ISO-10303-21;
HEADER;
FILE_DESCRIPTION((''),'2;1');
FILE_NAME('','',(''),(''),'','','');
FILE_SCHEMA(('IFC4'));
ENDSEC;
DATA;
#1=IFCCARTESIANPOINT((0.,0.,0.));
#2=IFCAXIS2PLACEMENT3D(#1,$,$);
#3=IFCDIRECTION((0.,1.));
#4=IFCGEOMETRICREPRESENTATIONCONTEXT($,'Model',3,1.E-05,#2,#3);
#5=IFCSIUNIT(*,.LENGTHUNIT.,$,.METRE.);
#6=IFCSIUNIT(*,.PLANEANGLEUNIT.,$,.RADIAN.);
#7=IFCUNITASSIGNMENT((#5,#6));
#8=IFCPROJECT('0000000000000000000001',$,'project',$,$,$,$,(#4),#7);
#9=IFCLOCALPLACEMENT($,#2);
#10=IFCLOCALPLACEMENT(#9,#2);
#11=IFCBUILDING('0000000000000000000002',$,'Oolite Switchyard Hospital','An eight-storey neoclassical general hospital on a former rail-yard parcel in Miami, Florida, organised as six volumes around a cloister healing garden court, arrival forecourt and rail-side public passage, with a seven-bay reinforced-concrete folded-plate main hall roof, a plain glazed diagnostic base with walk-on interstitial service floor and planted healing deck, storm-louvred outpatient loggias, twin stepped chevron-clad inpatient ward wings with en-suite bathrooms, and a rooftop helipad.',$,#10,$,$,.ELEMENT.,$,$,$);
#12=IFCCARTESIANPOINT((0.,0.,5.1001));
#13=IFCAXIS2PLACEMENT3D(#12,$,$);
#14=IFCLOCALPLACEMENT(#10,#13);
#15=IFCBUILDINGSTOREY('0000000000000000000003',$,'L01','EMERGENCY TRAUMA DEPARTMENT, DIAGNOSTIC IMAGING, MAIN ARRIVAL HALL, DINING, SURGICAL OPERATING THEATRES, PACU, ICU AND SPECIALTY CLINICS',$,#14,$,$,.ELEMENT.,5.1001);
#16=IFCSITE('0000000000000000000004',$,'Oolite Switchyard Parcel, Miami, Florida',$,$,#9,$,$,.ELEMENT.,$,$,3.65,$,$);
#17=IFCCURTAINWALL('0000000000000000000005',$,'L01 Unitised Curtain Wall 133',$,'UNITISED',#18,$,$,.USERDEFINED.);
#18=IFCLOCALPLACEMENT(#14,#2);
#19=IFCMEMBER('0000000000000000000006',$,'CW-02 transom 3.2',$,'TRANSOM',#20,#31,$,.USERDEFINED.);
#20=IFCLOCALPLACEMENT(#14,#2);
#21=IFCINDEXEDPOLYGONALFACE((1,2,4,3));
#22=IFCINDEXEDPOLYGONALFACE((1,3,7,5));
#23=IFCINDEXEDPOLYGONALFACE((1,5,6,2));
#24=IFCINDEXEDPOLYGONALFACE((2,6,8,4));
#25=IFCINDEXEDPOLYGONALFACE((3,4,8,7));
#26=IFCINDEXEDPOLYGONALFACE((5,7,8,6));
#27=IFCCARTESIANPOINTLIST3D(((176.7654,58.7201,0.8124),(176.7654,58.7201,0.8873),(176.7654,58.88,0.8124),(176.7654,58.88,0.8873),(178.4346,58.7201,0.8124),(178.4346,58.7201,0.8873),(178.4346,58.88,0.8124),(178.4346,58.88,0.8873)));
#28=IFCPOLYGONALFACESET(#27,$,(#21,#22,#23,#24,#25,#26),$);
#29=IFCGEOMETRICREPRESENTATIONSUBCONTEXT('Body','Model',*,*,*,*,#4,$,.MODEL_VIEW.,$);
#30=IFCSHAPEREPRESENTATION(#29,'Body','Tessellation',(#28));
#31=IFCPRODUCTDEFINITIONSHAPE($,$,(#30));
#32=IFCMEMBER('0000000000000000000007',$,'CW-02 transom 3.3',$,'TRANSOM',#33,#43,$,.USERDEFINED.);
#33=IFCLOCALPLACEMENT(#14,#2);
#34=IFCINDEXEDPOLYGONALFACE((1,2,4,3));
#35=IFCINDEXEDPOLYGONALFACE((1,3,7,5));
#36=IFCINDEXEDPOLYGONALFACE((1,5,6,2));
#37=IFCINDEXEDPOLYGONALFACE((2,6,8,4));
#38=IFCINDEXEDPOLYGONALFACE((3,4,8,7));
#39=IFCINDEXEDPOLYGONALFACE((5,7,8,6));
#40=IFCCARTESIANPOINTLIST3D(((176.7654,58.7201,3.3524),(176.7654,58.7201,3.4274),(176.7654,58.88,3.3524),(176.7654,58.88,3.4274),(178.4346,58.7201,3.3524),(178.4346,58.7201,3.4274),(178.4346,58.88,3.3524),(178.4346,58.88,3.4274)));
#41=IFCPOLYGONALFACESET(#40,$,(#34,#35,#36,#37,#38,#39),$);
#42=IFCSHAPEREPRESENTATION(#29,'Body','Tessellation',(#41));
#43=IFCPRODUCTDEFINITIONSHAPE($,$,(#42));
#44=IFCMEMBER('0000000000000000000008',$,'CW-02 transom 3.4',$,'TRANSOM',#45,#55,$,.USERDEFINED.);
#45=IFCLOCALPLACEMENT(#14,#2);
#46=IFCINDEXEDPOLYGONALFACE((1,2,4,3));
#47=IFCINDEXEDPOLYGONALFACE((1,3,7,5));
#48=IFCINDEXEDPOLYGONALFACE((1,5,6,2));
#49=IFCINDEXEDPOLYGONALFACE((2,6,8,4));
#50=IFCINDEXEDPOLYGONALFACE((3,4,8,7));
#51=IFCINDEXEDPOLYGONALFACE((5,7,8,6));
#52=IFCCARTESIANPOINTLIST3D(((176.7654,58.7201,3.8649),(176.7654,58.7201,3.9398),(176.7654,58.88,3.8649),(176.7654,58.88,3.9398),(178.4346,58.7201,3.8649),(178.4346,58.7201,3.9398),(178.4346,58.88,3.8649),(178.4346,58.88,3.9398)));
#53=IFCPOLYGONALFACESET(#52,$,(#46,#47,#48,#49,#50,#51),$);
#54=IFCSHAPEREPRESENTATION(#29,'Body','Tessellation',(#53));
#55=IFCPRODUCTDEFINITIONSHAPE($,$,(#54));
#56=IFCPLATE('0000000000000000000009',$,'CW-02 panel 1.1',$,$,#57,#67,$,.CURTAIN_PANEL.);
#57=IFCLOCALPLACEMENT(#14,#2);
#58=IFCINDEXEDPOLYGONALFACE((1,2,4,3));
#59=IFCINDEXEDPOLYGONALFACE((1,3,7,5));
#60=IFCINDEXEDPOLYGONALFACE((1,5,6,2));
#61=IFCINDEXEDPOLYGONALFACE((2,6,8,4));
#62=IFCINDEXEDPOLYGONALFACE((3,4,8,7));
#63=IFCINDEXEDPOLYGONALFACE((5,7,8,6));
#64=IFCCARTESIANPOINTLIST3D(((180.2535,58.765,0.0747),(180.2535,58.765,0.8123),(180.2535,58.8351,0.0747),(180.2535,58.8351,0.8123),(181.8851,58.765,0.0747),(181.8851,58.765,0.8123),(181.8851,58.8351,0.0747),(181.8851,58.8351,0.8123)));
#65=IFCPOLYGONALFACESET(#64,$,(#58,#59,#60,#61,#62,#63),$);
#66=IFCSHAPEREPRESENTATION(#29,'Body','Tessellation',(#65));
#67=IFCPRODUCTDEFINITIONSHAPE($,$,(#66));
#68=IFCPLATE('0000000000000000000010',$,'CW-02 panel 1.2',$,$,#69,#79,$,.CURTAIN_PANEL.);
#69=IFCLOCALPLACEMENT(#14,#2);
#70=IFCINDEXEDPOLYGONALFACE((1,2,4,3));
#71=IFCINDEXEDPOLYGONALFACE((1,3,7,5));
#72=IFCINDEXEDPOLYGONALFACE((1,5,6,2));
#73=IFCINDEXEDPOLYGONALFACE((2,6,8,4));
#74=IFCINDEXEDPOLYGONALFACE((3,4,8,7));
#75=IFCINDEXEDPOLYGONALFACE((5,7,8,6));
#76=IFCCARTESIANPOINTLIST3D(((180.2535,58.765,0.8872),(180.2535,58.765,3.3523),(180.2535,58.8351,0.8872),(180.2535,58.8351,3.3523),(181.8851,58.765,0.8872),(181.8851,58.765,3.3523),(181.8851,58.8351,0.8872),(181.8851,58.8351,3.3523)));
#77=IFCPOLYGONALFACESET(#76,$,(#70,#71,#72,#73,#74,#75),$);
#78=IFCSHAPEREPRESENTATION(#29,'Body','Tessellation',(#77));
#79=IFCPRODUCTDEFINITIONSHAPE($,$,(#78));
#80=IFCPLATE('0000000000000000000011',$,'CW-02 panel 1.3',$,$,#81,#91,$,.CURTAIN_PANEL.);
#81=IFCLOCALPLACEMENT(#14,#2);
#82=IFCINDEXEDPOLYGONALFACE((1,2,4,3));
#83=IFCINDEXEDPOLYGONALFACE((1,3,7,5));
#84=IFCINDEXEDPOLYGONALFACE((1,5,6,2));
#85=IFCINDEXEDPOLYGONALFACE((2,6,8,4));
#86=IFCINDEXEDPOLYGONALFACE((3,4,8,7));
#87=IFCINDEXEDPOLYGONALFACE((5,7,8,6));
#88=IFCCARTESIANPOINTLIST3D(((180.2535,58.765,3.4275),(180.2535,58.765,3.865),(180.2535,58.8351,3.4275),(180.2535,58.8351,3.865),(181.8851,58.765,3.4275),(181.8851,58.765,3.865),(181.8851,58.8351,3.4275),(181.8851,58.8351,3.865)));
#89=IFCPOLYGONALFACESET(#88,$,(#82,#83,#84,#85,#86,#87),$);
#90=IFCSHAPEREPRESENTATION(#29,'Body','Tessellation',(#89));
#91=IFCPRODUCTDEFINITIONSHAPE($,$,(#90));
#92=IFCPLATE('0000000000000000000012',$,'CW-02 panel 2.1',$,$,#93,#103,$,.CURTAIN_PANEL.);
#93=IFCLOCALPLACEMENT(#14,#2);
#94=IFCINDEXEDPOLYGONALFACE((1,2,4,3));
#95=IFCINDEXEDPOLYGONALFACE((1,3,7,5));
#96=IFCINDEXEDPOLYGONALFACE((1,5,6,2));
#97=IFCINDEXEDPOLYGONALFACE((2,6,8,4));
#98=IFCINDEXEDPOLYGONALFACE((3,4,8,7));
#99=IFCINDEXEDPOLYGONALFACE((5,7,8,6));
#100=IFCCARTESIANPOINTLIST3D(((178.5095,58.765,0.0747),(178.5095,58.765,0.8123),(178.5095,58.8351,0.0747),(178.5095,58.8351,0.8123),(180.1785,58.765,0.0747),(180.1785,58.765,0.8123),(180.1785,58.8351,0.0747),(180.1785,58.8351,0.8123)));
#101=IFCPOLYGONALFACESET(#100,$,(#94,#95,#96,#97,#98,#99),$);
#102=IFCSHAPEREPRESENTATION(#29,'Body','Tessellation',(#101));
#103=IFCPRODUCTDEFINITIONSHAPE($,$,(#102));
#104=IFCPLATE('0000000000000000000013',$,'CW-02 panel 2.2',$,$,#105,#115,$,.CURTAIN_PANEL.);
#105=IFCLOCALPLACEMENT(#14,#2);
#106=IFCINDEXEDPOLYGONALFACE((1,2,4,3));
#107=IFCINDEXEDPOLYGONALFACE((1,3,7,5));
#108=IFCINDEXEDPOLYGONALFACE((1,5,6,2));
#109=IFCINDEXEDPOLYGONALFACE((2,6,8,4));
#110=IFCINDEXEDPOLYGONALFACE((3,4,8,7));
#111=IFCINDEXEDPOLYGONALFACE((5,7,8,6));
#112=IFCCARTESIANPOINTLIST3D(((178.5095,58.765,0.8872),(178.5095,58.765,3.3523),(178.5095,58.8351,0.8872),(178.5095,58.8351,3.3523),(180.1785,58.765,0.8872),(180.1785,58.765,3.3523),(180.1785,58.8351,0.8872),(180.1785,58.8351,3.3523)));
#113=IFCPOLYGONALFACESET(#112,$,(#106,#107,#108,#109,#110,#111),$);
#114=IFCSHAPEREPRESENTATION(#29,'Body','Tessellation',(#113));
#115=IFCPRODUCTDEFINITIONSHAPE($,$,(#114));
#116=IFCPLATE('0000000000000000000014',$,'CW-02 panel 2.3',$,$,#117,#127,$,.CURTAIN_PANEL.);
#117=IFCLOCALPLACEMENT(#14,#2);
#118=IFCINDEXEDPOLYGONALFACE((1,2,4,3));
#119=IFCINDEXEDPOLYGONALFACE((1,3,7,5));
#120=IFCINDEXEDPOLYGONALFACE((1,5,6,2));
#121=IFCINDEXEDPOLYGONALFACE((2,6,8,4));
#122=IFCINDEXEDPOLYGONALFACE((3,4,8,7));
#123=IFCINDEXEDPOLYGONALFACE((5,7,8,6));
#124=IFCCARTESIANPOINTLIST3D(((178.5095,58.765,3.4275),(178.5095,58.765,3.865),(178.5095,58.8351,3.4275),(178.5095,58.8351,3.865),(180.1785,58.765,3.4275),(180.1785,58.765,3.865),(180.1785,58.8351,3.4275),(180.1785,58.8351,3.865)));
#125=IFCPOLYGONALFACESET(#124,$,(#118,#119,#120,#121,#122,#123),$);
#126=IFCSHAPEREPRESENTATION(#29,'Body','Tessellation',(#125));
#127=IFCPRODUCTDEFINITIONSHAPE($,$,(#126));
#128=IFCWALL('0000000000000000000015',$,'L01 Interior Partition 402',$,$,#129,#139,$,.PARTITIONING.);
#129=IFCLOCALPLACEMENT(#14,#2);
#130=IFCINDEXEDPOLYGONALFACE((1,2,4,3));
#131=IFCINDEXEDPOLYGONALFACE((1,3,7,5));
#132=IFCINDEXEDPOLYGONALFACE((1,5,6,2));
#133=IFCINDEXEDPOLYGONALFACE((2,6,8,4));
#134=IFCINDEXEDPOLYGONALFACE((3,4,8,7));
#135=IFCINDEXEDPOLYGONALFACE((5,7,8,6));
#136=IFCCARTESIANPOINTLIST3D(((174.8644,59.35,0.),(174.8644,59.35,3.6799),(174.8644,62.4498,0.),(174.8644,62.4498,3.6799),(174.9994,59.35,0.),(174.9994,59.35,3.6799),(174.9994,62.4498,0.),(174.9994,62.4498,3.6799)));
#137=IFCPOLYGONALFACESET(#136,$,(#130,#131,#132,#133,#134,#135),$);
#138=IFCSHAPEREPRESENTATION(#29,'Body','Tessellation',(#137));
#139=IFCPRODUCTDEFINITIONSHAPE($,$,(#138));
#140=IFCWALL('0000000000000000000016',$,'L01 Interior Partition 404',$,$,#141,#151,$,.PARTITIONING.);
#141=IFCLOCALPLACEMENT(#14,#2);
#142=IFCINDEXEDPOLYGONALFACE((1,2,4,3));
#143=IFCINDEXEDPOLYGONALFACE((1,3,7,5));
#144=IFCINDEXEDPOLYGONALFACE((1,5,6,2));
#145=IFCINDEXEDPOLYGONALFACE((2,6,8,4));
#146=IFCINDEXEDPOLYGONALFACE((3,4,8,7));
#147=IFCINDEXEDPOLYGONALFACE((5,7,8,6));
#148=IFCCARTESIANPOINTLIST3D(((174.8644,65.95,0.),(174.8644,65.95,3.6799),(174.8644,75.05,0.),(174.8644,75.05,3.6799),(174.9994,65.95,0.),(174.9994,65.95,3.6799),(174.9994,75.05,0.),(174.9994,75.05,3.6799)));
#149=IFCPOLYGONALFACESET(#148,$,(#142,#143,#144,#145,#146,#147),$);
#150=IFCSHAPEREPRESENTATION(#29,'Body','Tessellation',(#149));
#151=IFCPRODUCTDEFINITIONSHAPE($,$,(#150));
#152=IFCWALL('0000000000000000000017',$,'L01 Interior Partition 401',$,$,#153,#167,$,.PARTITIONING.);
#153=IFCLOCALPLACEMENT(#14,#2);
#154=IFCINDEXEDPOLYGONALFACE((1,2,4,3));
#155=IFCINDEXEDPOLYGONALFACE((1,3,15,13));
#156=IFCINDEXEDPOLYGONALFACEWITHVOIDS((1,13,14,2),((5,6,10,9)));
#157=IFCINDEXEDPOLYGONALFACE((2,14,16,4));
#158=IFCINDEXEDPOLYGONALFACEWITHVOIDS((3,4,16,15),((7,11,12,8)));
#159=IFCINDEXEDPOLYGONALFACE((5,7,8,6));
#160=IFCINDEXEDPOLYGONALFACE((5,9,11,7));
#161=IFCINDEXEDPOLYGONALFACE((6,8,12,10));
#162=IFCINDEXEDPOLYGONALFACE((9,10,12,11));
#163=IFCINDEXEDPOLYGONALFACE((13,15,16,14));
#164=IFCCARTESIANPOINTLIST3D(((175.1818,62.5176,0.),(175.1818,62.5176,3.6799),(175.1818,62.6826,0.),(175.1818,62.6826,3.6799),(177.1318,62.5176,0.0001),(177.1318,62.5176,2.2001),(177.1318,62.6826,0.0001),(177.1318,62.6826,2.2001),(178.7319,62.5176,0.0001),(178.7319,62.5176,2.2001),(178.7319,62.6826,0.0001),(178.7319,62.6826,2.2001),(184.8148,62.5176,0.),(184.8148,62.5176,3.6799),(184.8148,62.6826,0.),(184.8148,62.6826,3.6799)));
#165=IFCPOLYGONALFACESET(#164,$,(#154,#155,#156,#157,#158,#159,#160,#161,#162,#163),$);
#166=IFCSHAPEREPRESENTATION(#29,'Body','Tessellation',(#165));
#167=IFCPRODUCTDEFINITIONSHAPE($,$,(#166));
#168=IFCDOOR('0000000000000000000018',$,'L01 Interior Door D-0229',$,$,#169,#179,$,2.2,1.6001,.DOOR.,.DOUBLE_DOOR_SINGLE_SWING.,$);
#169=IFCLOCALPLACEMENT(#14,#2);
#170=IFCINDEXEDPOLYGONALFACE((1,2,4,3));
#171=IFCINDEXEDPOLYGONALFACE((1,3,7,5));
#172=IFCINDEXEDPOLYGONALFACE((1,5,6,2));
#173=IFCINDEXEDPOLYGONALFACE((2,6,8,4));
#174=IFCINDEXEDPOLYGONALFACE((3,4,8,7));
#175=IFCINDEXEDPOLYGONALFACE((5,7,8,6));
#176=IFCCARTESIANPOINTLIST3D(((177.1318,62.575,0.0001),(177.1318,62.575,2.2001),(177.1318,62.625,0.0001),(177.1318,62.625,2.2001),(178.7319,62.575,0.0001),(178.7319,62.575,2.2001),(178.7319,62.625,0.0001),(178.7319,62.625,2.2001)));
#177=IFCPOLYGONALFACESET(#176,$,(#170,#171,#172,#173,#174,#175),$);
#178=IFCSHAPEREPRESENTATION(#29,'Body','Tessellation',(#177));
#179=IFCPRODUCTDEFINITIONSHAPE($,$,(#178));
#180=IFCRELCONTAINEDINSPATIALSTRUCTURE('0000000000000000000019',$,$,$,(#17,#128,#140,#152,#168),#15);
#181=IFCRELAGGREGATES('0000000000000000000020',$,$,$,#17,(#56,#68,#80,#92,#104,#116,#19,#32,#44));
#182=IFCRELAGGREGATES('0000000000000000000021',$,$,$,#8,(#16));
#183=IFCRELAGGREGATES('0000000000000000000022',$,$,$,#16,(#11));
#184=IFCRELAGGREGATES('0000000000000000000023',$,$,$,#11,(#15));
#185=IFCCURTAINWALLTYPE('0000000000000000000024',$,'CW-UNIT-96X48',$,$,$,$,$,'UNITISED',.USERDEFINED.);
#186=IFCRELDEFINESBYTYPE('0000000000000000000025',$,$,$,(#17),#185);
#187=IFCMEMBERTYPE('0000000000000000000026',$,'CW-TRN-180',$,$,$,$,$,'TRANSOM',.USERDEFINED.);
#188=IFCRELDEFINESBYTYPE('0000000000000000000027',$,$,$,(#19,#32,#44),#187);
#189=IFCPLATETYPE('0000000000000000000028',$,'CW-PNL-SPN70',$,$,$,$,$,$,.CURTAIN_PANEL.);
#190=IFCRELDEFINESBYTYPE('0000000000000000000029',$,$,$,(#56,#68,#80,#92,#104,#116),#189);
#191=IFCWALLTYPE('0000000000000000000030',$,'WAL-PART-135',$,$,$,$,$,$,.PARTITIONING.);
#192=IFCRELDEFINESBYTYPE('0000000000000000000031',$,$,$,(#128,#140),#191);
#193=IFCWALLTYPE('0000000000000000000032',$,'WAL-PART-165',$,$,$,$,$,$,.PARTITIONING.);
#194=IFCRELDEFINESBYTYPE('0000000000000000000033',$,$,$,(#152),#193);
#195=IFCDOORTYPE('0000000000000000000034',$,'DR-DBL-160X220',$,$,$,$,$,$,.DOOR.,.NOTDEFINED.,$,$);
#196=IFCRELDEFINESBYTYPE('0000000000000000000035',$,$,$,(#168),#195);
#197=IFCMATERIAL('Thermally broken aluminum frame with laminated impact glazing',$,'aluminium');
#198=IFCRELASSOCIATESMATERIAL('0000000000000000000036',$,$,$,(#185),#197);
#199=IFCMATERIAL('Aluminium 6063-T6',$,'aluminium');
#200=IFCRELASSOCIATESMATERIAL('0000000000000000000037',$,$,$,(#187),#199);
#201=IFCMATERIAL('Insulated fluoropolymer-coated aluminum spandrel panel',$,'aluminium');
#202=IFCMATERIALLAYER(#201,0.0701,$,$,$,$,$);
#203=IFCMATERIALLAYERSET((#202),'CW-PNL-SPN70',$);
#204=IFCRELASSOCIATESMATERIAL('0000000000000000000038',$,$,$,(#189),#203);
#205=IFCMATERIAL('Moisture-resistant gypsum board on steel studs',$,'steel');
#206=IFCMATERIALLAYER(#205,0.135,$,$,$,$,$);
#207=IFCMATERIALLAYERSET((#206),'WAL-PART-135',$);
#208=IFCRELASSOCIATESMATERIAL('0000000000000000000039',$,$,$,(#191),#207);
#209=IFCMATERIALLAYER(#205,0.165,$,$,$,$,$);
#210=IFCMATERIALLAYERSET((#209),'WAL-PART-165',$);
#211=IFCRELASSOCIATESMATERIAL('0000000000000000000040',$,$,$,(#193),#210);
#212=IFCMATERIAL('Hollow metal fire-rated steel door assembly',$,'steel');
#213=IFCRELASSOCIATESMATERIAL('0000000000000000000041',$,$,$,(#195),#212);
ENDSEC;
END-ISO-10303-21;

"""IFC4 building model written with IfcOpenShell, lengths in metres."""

from ifc_helpers import new_model, si_unit, direction, frame, frame_2d, origin, origin_2d, place, context, subcontext, project, spatial, rectangle, extrude, material, layer, layer_set, material_profile, profile_set, type_object, element, fill, aggregate, save


model = new_model("IFC4")

# Units and contexts
model_context = context("Model", 3, precision=1e-05, world=origin(), true_north=direction((0.0, 1.0)))
body_context = subcontext(model_context, "Body", "Model", "MODEL_VIEW")
ifc_project = project(units=[si_unit("LENGTHUNIT", "METRE"), si_unit("PLANEANGLEUNIT", "RADIAN")], contexts=[model_context])

# Site, building, storey
site_placement = place(None, origin())
site = spatial("IfcSite", under=ifc_project, at=site_placement, Name="Oolite Switchyard Parcel, Miami, Florida", CompositionType="ELEMENT", RefElevation=3.65)
building_placement = place(site_placement, origin())
building = spatial("IfcBuilding", under=site, at=building_placement, Name="Oolite Switchyard Hospital", Description="An eight-storey neoclassical general hospital on a former rail-yard parcel in Miami, Florida, organised as six volumes around a cloister healing garden court, arrival forecourt and rail-side public passage, with a seven-bay reinforced-concrete folded-plate main hall roof, a plain glazed diagnostic base with walk-on interstitial service floor and planted healing deck, storm-louvred outpatient loggias, twin stepped chevron-clad inpatient ward wings with en-suite bathrooms, and a rooftop helipad.", CompositionType="ELEMENT")
storey_placement = place(building_placement, frame((0.0, 0.0, 5.1001)))
storey = spatial("IfcBuildingStorey", under=building, at=storey_placement, Name="L01", Description="EMERGENCY TRAUMA DEPARTMENT, DIAGNOSTIC IMAGING, MAIN ARRIVAL HALL, DINING, SURGICAL OPERATING THEATRES, PACU, ICU AND SPECIALTY CLINICS", CompositionType="ELEMENT", Elevation=5.1001)

# Curtain wall, members, plates
ifc_material_1 = material(Name="Thermally broken aluminum frame with laminated impact glazing", Category="aluminium")
curtain_wall_type = type_object("IfcCurtainWallType", Name="CW-UNIT-96X48", ElementType="UNITISED", PredefinedType="USERDEFINED", material=ifc_material_1)
curtain_wall_placement = place(storey_placement, origin())
curtain_wall = element("IfcCurtainWall", 1, at=curtain_wall_placement, inside=storey, type_object=curtain_wall_type, Name="L01 Unitised Curtain Wall 133", ObjectType="UNITISED", PredefinedType="USERDEFINED")
ifc_material_2 = material(Name="Aluminium 6063-T6", Category="aluminium")
ifc_material_profile_1 = material_profile(ifc_material_2, rectangle(XDim=0.1599, YDim=0.075, at=origin_2d()), Name="CWT75X160")
ifc_profile_set_1 = profile_set([ifc_material_profile_1], Name="Aluminium 6063-T6")
member_type_1 = type_object("IfcMemberType", Name="CW-TRN-180", ElementType="TRANSOM", PredefinedType="USERDEFINED", material=ifc_profile_set_1)
member_1_placement = place(storey_placement, frame((178.4346, 58.8, 0.8499), z_axis=(-1.0, 0.0, 0.0), x_axis=(0.0, -1.0, 0.0)))
member_1 = element("IfcMember", 2, at=member_1_placement, type_object=member_type_1, Name="CW-02 transom 3.2", ObjectType="TRANSOM", PredefinedType="USERDEFINED", context=body_context, shape_type="SweptSolid", body=[
    extrude(rectangle(XDim=0.1599, YDim=0.075, at=origin_2d()), origin(), (0.0, 0.0, 1.0), 1.6692),
])
member_2_placement = place(storey_placement, frame((178.4346, 58.8, 3.3899), z_axis=(-1.0, 0.0, 0.0), x_axis=(0.0, -1.0, 0.0)))
member_2 = element("IfcMember", 3, at=member_2_placement, type_object=member_type_1, Name="CW-02 transom 3.3", ObjectType="TRANSOM", PredefinedType="USERDEFINED", context=body_context, shape_type="SweptSolid", body=[
    extrude(rectangle(XDim=0.1599, YDim=0.075, at=origin_2d()), origin(), (0.0, 0.0, 1.0), 1.6692),
])
member_3_placement = place(storey_placement, frame((178.4346, 58.8, 3.9023), z_axis=(-1.0, 0.0, 0.0), x_axis=(0.0, -1.0, 0.0)))
member_3 = element("IfcMember", 4, at=member_3_placement, type_object=member_type_1, Name="CW-02 transom 3.4", ObjectType="TRANSOM", PredefinedType="USERDEFINED", context=body_context, shape_type="SweptSolid", body=[
    extrude(rectangle(XDim=0.1599, YDim=0.075, at=origin_2d()), origin(), (0.0, 0.0, 1.0), 1.6692),
])
ifc_material_3 = material(Name="Insulated fluoropolymer-coated aluminum spandrel panel", Category="aluminium")
ifc_layer_1 = layer(ifc_material_3, 0.0701)
ifc_layer_set_1 = layer_set([ifc_layer_1], Name="CW-PNL-SPN70")
plate_type = type_object("IfcPlateType", Name="CW-PNL-SPN70", PredefinedType="CURTAIN_PANEL", material=ifc_layer_set_1)
plate_1_placement = place(storey_placement, frame((181.0693, 58.8, 0.0747), z_axis=(0.0, 0.0, 1.0), x_axis=(-1.0, 0.0, 0.0)))
plate_1 = element("IfcPlate", 5, at=plate_1_placement, type_object=plate_type, Name="CW-02 panel 1.1", PredefinedType="CURTAIN_PANEL", context=body_context, shape_type="SweptSolid", body=[
    extrude(rectangle(XDim=1.6316, YDim=0.0701, at=origin_2d()), origin(), (0.0, 0.0, 1.0), 0.7375),
])
plate_2_placement = place(storey_placement, frame((181.0693, 58.8, 0.8872), z_axis=(0.0, 0.0, 1.0), x_axis=(-1.0, 0.0, 0.0)))
plate_2 = element("IfcPlate", 6, at=plate_2_placement, type_object=plate_type, Name="CW-02 panel 1.2", PredefinedType="CURTAIN_PANEL", context=body_context, shape_type="SweptSolid", body=[
    extrude(rectangle(XDim=1.6316, YDim=0.0701, at=origin_2d()), origin(), (0.0, 0.0, 1.0), 2.4651),
])
plate_3_placement = place(storey_placement, frame((181.0693, 58.8, 3.4275), z_axis=(0.0, 0.0, 1.0), x_axis=(-1.0, 0.0, 0.0)))
plate_3 = element("IfcPlate", 7, at=plate_3_placement, type_object=plate_type, Name="CW-02 panel 1.3", PredefinedType="CURTAIN_PANEL", context=body_context, shape_type="SweptSolid", body=[
    extrude(rectangle(XDim=1.6316, YDim=0.0701, at=origin_2d()), origin(), (0.0, 0.0, 1.0), 0.4375),
])
plate_4_placement = place(storey_placement, frame((179.344, 58.8, 0.0747), z_axis=(0.0, 0.0, 1.0), x_axis=(-1.0, 0.0, 0.0)))
plate_4 = element("IfcPlate", 8, at=plate_4_placement, type_object=plate_type, Name="CW-02 panel 2.1", PredefinedType="CURTAIN_PANEL", context=body_context, shape_type="SweptSolid", body=[
    extrude(rectangle(XDim=1.6689, YDim=0.0701, at=origin_2d()), origin(), (0.0, 0.0, 1.0), 0.7375),
])
plate_5_placement = place(storey_placement, frame((179.344, 58.8, 0.8872), z_axis=(0.0, 0.0, 1.0), x_axis=(-1.0, 0.0, 0.0)))
plate_5 = element("IfcPlate", 9, at=plate_5_placement, type_object=plate_type, Name="CW-02 panel 2.2", PredefinedType="CURTAIN_PANEL", context=body_context, shape_type="SweptSolid", body=[
    extrude(rectangle(XDim=1.6689, YDim=0.0701, at=origin_2d()), origin(), (0.0, 0.0, 1.0), 2.4651),
])
plate_6_placement = place(storey_placement, frame((179.344, 58.8, 3.4275), z_axis=(0.0, 0.0, 1.0), x_axis=(-1.0, 0.0, 0.0)))
plate_6 = element("IfcPlate", 10, at=plate_6_placement, type_object=plate_type, Name="CW-02 panel 2.3", PredefinedType="CURTAIN_PANEL", context=body_context, shape_type="SweptSolid", body=[
    extrude(rectangle(XDim=1.6689, YDim=0.0701, at=origin_2d()), origin(), (0.0, 0.0, 1.0), 0.4375),
])
aggregate(curtain_wall, [plate_1, plate_2, plate_3, plate_4, plate_5, plate_6, member_1, member_2, member_3])

# Walls
ifc_material_4 = material(Name="Moisture-resistant gypsum board on steel studs", Category="steel")
ifc_layer_2 = layer(ifc_material_4, 0.135)
ifc_layer_set_2 = layer_set([ifc_layer_2], Name="WAL-PART-135")
wall_type_1 = type_object("IfcWallType", Name="WAL-PART-135", PredefinedType="PARTITIONING", material=ifc_layer_set_2)
wall_1_placement = place(storey_placement, frame((174.9319, 59.3501, 0.0), z_axis=(0.0, 0.0, 1.0), x_axis=(0.0, 1.0, 0.0)))
element("IfcWall", 11, at=wall_1_placement, inside=storey, type_object=wall_type_1, Name="L01 Interior Partition 402", PredefinedType="PARTITIONING", context=body_context, shape_type="SweptSolid", body=[
    extrude(rectangle(XDim=3.0999, YDim=0.135, at=frame_2d((1.5498, 0.0))), origin(), (0.0, 0.0, 1.0), 3.6799),
])
wall_2_placement = place(storey_placement, frame((174.9319, 65.95, 0.0), z_axis=(0.0, 0.0, 1.0), x_axis=(0.0, 1.0, 0.0)))
element("IfcWall", 12, at=wall_2_placement, inside=storey, type_object=wall_type_1, Name="L01 Interior Partition 404", PredefinedType="PARTITIONING", context=body_context, shape_type="SweptSolid", body=[
    extrude(rectangle(XDim=9.1001, YDim=0.135, at=frame_2d((4.55, 0.0))), origin(), (0.0, 0.0, 1.0), 3.6799),
])

# Wall, opening, door
ifc_layer_3 = layer(ifc_material_4, 0.165)
ifc_layer_set_3 = layer_set([ifc_layer_3], Name="WAL-PART-165")
wall_type_2 = type_object("IfcWallType", Name="WAL-PART-165", PredefinedType="PARTITIONING", material=ifc_layer_set_3)
wall_3_placement = place(storey_placement, frame((175.1819, 62.6001, 0.0), z_axis=(0.0, 0.0, 1.0), x_axis=(1.0, 0.0, 0.0)))
wall_3 = element("IfcWall", 13, at=wall_3_placement, inside=storey, type_object=wall_type_2, Name="L01 Interior Partition 401", PredefinedType="PARTITIONING", context=body_context, shape_type="SweptSolid", body=[
    extrude(rectangle(XDim=9.6331, YDim=0.165, at=frame_2d((4.8164, 0.0))), origin(), (0.0, 0.0, 1.0), 3.6799),
])
opening_1_placement = place(wall_3_placement, frame((1.95, 0.0, 0.0)))
opening_1 = element("IfcOpeningElement", 14, at=opening_1_placement, cuts=wall_3, PredefinedType="OPENING", context=body_context, shape_type="SweptSolid", body=[
    extrude(rectangle(XDim=1.6001, YDim=2.2, at=frame_2d((0.8, 1.1001))), frame((0.0, 0.0925, 0.0), z_axis=(0.0, -1.0, 0.0), x_axis=(1.0, 0.0, 0.0)), (0.0, 0.0, 1.0), 0.1851),
])
ifc_material_5 = material(Name="Hollow metal fire-rated steel door assembly", Category="steel")
door_type_1 = type_object("IfcDoorType", Name="DR-DBL-160X220", OperationType="NOTDEFINED", PredefinedType="DOOR", material=ifc_material_5)
door_1_placement = place(opening_1_placement, origin())
door_1 = element("IfcDoor", 15, at=door_1_placement, inside=storey, type_object=door_type_1, Name="L01 Interior Door D-0229", OperationType="DOUBLE_DOOR_SINGLE_SWING", OverallHeight=2.2, OverallWidth=1.6001, PredefinedType="DOOR", context=body_context, shape_type="SweptSolid", body=[
    extrude(rectangle(XDim=1.6001, YDim=2.2, at=frame_2d((0.8, 1.1001))), frame((0.0, 0.0249, 0.0), z_axis=(0.0, -1.0, 0.0), x_axis=(1.0, 0.0, 0.0)), (0.0, 0.0, 1.0), 0.05),
])
fill(opening_1, door_1)

save(model, "model.ifc")
